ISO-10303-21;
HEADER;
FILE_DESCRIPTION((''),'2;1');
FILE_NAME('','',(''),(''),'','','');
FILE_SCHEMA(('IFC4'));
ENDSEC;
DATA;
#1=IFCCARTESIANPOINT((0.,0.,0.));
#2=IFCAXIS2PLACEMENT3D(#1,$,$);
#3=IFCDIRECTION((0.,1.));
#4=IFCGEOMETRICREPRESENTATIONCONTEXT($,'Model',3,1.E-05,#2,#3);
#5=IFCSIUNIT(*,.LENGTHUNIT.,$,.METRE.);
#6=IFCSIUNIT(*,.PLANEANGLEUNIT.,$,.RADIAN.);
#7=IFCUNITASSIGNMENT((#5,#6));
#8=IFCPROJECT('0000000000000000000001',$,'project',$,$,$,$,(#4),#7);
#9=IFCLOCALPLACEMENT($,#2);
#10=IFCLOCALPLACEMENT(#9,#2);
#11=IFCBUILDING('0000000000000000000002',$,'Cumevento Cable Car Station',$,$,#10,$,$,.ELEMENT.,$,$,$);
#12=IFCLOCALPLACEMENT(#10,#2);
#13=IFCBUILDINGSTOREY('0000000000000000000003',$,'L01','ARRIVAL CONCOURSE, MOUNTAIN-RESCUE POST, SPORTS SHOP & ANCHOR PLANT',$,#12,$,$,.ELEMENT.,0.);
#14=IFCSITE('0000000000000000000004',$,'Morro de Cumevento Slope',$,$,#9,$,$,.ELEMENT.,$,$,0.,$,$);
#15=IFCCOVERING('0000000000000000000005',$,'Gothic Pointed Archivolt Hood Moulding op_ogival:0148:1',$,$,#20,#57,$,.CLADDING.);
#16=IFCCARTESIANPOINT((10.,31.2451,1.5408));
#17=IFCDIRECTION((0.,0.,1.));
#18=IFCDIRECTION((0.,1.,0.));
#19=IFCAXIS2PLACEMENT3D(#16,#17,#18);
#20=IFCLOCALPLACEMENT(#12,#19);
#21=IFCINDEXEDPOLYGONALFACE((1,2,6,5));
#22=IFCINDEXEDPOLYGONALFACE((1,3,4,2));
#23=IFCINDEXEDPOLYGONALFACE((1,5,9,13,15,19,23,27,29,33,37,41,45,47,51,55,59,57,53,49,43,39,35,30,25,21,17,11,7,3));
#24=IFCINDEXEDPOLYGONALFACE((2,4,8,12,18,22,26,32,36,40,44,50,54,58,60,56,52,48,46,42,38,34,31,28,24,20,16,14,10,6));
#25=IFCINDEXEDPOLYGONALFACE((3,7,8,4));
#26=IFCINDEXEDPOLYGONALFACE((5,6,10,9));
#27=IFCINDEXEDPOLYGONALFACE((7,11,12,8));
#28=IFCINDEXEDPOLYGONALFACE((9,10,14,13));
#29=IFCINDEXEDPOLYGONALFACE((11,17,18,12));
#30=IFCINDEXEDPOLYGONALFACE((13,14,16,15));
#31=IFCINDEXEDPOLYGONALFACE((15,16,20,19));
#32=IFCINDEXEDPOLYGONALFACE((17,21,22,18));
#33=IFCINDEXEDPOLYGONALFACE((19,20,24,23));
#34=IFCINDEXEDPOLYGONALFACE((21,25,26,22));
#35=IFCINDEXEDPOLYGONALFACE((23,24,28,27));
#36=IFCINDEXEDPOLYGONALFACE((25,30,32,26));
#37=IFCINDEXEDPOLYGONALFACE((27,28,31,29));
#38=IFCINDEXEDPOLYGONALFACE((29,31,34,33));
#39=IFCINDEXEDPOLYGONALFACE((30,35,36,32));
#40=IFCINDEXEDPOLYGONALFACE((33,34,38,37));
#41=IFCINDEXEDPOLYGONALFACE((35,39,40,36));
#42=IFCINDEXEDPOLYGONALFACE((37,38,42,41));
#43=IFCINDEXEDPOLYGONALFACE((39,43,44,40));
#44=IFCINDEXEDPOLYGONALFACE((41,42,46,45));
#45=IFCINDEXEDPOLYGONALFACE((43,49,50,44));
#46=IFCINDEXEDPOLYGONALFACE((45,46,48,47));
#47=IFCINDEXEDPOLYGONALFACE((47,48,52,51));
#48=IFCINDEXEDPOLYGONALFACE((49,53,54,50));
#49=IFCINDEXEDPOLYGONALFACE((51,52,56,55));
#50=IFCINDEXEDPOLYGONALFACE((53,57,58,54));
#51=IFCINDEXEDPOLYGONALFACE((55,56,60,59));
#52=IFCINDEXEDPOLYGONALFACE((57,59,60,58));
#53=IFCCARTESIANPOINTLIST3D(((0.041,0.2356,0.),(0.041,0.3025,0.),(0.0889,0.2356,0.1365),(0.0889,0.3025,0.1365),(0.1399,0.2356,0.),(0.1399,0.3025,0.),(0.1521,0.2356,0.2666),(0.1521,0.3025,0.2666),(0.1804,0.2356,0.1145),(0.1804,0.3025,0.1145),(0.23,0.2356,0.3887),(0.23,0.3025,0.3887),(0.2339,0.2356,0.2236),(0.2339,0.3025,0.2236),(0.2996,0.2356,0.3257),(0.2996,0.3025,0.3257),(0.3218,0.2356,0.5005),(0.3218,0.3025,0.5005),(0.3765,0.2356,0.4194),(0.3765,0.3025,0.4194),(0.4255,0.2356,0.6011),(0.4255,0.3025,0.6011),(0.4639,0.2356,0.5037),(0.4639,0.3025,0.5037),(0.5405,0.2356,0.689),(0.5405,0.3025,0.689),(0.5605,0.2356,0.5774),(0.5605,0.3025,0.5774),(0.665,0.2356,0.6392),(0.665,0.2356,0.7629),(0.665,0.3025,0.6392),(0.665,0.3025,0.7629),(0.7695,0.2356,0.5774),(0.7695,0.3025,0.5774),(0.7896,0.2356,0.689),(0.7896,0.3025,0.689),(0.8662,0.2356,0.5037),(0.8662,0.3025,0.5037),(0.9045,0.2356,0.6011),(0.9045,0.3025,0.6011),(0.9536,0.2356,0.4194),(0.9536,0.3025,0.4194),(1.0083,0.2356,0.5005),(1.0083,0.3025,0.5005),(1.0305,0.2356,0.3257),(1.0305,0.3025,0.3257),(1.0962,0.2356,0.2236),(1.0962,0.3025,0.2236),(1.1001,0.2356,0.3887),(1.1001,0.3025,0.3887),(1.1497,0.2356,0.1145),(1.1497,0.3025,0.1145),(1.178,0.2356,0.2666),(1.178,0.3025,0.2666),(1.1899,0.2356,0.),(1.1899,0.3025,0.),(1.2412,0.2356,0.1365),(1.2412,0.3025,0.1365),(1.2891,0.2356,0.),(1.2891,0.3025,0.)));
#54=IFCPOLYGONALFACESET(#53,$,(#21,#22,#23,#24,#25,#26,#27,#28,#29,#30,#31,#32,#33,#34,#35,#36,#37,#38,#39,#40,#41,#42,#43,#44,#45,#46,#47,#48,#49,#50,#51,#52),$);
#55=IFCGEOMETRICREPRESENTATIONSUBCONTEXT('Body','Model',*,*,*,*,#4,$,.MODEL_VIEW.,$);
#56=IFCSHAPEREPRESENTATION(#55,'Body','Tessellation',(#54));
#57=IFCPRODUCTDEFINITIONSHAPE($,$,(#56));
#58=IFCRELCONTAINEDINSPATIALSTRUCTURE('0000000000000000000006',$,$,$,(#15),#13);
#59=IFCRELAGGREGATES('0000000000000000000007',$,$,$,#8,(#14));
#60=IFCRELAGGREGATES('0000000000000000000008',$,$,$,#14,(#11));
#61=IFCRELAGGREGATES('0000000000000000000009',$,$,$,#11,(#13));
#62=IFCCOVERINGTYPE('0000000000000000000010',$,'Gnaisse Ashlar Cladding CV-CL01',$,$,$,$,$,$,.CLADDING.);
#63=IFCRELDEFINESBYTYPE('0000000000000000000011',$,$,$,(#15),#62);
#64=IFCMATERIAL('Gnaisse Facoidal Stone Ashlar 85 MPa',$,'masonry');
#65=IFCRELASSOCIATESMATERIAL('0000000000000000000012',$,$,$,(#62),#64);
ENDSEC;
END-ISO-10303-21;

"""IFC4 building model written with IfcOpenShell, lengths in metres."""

from ifc_helpers import new_model, si_unit, direction, frame, origin, place, context, subcontext, project, spatial, polyline, outline, extrude, material, type_object, element, save


model = new_model("IFC4")

# Units and contexts
model_context = context("Model", 3, precision=1e-05, world=origin(), true_north=direction((0.0, 1.0)))
body_context = subcontext(model_context, "Body", "Model", "MODEL_VIEW")
ifc_project = project(units=[si_unit("LENGTHUNIT", "METRE"), si_unit("PLANEANGLEUNIT", "RADIAN")], contexts=[model_context])

# Site, building, storey
site_placement = place(None, origin())
site = spatial("IfcSite", under=ifc_project, at=site_placement, Name="Morro de Cumevento Slope", CompositionType="ELEMENT", RefElevation=0.0)
building_placement = place(site_placement, origin())
building = spatial("IfcBuilding", under=site, at=building_placement, Name="Cumevento Cable Car Station", CompositionType="ELEMENT")
storey_placement = place(building_placement, origin())
storey = spatial("IfcBuildingStorey", under=building, at=storey_placement, Name="L01", Description="ARRIVAL CONCOURSE, MOUNTAIN-RESCUE POST, SPORTS SHOP & ANCHOR PLANT", CompositionType="ELEMENT", Elevation=0.0)

# Covering
ifc_material_1 = material(Name="Gnaisse Facoidal Stone Ashlar 85 MPa", Category="masonry")
covering_type = type_object("IfcCoveringType", Name="Gnaisse Ashlar Cladding CV-CL01", PredefinedType="CLADDING", material=ifc_material_1)
covering_1_placement = place(storey_placement, frame((10.0, 31.2451, 1.5408), z_axis=(0.0, 0.0, 1.0), x_axis=(0.0, 1.0, 0.0)))
element("IfcCovering", 1, at=covering_1_placement, inside=storey, type_object=covering_type, Name="Gothic Pointed Archivolt Hood Moulding op_ogival:0148:1", PredefinedType="CLADDING", context=body_context, shape_type="SweptSolid", body=[
    extrude(outline(polyline([(0.1399, 0.0), (0.1804, 0.1145), (0.2339, 0.2236), (0.2996, 0.3257), (0.3765, 0.4194), (0.4639, 0.5037), (0.5605, 0.5774), (0.665, 0.6392), (0.7695, 0.5774), (0.8662, 0.5037), (0.9536, 0.4194), (1.0305, 0.3257), (1.0962, 0.2236), (1.1497, 0.1145), (1.1899, 0.0), (1.2891, 0.0), (1.2412, 0.1365), (1.178, 0.2666), (1.1001, 0.3887), (1.0083, 0.5005), (0.9045, 0.6011), (0.7896, 0.689), (0.665, 0.7629), (0.5405, 0.689), (0.4255, 0.6011), (0.3218, 0.5005), (0.23, 0.3887), (0.1521, 0.2666), (0.0889, 0.1365), (0.041, 0.0), (0.1399, 0.0)])), frame((0.0, 0.3025, 0.0), z_axis=(0.0, -1.0, 0.0), x_axis=(1.0, 0.0, 0.0)), (0.0, 0.0, 1.0), 0.0669),
])

save(model, "model.ifc")
